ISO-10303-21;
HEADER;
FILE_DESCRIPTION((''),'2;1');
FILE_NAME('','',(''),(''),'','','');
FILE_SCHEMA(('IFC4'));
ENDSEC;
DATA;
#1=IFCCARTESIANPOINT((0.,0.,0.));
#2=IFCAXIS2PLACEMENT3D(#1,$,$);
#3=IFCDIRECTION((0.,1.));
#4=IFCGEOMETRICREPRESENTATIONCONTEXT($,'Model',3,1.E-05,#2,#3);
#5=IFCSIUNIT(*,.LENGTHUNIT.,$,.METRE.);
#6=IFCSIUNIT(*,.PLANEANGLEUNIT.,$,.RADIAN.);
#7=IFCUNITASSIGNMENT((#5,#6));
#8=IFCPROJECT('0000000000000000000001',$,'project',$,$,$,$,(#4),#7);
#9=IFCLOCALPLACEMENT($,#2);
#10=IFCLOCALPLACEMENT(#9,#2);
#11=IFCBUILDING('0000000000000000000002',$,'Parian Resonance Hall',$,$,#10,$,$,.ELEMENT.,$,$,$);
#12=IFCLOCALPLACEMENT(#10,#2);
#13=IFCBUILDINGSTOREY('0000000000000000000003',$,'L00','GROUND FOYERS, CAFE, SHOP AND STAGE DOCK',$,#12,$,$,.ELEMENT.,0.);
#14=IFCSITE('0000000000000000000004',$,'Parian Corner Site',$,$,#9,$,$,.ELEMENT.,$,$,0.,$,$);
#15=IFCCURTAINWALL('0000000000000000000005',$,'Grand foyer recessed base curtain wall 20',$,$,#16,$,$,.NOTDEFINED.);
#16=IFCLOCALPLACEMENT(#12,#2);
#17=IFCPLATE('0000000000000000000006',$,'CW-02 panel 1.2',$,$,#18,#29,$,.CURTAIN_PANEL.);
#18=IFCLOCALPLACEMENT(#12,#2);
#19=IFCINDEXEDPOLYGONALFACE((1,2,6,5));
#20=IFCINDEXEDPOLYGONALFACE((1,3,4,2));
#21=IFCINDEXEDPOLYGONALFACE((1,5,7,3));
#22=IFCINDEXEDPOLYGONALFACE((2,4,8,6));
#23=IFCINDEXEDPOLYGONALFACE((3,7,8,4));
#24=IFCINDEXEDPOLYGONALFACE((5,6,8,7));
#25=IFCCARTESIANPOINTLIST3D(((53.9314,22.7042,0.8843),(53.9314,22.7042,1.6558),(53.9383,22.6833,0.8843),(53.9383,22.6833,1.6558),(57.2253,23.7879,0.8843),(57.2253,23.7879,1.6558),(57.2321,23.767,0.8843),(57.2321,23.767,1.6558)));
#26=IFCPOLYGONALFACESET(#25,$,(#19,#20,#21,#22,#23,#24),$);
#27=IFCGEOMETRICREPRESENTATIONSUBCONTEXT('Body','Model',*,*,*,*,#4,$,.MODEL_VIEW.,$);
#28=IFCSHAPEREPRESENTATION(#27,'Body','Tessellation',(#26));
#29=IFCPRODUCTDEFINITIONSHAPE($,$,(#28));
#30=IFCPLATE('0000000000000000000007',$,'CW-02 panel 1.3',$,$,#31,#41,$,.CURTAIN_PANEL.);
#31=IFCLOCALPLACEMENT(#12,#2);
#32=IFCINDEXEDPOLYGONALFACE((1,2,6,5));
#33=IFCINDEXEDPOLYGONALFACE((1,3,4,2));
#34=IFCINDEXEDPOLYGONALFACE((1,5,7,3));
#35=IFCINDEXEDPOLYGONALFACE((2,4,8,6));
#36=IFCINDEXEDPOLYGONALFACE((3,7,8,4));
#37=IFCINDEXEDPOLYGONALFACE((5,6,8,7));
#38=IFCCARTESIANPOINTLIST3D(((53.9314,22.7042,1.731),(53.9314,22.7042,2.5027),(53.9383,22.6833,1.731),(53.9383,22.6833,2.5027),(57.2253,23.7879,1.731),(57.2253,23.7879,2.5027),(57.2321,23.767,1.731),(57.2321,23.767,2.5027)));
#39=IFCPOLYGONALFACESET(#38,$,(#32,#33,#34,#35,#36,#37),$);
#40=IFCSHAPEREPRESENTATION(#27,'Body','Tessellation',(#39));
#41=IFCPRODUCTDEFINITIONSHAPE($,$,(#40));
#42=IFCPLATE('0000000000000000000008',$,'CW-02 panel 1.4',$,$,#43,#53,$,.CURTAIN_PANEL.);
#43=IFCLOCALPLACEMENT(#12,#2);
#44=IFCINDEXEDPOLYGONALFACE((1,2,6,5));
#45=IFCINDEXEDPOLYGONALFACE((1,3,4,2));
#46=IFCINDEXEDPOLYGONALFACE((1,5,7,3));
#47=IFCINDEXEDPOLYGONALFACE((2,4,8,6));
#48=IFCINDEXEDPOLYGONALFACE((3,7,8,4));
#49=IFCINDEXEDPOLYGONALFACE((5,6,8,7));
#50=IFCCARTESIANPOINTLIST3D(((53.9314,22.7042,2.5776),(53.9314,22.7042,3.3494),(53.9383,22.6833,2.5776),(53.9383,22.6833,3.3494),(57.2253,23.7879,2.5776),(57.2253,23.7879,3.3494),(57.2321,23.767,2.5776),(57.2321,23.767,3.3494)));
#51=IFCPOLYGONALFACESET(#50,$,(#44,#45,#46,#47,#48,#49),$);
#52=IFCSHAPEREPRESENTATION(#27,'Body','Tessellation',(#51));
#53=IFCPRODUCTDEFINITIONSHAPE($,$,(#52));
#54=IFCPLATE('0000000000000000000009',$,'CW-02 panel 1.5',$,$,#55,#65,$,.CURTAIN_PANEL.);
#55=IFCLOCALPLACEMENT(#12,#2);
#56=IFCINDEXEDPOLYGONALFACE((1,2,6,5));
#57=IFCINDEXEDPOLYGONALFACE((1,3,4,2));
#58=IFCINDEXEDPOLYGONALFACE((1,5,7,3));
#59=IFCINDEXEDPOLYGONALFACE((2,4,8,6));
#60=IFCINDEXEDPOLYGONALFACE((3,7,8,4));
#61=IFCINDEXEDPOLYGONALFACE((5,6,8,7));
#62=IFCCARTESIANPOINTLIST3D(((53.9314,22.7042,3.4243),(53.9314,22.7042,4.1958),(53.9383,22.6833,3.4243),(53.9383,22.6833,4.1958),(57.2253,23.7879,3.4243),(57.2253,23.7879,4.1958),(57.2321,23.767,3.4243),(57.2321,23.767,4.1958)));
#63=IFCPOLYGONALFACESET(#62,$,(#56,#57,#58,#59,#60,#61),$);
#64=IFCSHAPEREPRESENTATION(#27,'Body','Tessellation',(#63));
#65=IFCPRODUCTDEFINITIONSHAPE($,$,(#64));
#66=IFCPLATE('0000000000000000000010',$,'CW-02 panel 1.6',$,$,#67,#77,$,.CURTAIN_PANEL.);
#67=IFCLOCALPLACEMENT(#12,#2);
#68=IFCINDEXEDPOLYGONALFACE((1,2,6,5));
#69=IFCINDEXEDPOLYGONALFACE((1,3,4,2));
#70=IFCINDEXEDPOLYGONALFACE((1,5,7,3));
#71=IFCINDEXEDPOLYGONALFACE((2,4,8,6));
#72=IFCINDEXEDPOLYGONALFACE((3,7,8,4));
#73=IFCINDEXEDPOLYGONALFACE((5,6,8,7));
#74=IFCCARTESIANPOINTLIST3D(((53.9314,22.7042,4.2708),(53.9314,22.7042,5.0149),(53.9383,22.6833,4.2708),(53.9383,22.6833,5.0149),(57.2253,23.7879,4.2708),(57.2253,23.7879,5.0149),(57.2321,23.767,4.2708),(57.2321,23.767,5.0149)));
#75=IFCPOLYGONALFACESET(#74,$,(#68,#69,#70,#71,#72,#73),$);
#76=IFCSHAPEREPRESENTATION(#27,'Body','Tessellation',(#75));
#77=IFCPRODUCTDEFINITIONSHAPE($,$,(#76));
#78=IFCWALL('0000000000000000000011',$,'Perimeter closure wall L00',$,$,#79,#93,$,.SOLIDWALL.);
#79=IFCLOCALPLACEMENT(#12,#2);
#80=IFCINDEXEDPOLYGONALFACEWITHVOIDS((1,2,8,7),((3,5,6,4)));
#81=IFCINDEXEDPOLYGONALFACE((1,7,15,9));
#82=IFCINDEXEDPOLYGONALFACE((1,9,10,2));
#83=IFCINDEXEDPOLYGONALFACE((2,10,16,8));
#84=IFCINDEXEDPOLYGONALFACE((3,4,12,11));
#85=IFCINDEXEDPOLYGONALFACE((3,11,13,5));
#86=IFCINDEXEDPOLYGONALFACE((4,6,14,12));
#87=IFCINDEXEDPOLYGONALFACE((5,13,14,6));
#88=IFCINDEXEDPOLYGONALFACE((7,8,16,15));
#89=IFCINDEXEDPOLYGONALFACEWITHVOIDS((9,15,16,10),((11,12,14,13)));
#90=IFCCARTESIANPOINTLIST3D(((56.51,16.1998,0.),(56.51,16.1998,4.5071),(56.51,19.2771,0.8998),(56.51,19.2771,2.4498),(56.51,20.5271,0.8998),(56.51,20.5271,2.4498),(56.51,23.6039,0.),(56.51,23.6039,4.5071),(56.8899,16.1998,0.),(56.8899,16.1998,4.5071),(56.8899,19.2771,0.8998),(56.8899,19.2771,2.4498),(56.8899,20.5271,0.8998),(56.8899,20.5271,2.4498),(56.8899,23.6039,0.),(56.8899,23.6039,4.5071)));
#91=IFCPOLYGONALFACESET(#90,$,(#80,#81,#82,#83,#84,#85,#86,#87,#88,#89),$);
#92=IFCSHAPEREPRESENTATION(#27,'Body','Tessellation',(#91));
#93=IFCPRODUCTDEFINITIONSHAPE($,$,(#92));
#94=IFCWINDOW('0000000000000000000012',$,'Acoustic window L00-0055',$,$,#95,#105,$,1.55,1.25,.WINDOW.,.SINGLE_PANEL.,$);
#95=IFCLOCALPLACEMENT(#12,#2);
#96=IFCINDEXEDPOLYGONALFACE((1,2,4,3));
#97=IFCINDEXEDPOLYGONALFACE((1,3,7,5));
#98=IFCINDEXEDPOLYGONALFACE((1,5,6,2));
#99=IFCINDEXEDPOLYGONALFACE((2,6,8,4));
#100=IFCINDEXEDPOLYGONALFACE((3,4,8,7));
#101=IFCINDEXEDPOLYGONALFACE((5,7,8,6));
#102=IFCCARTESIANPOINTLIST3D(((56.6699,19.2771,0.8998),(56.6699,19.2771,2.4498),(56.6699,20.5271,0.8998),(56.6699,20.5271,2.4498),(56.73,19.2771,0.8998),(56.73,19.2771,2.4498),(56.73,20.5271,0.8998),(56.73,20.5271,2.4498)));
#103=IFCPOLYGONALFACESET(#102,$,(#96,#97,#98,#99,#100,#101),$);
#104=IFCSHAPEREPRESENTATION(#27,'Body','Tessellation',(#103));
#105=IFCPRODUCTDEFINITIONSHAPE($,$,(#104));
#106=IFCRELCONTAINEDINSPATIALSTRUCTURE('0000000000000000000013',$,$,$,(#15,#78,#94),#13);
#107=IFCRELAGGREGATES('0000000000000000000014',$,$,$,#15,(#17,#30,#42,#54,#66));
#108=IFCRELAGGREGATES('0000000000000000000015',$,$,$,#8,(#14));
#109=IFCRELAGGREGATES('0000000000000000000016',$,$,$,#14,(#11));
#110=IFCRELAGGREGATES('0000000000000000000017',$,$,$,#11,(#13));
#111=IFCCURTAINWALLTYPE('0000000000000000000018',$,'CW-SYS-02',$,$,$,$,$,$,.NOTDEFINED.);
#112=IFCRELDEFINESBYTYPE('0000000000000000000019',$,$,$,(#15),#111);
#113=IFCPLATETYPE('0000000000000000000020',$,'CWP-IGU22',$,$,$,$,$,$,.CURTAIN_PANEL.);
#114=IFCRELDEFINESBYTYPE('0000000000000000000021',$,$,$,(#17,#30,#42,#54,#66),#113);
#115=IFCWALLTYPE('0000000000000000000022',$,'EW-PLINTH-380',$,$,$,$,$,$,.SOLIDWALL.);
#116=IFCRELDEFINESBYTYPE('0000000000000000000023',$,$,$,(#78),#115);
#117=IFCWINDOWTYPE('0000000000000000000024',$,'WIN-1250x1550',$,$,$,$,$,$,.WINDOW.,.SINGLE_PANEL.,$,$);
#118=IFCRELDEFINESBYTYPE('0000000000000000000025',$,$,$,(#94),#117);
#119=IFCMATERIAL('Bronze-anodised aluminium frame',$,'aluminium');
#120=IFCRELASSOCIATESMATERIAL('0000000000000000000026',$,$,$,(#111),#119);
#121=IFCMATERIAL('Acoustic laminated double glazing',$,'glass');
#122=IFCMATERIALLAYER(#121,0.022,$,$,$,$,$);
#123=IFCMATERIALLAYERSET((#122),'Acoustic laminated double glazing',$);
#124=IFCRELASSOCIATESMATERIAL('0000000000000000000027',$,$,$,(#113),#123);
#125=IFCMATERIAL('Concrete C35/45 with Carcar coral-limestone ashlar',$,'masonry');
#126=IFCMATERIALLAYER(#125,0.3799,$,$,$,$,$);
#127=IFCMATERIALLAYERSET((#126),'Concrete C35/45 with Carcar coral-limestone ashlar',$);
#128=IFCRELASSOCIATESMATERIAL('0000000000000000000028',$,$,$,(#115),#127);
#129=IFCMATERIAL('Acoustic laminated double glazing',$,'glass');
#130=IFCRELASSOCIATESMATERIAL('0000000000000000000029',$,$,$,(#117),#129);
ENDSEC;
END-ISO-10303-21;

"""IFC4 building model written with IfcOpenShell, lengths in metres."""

from ifc_helpers import new_model, si_unit, direction, frame, frame_2d, origin, origin_2d, place, context, subcontext, project, spatial, rectangle, extrude, material, layer, layer_set, type_object, element, fill, aggregate, save


model = new_model("IFC4")

# Units and contexts
model_context = context("Model", 3, precision=1e-05, world=origin(), true_north=direction((0.0, 1.0)))
body_context = subcontext(model_context, "Body", "Model", "MODEL_VIEW")
ifc_project = project(units=[si_unit("LENGTHUNIT", "METRE"), si_unit("PLANEANGLEUNIT", "RADIAN")], contexts=[model_context])

# Site, building, storey
site_placement = place(None, origin())
site = spatial("IfcSite", under=ifc_project, at=site_placement, Name="Parian Corner Site", CompositionType="ELEMENT", RefElevation=0.0)
building_placement = place(site_placement, origin())
building = spatial("IfcBuilding", under=site, at=building_placement, Name="Parian Resonance Hall", CompositionType="ELEMENT")
storey_placement = place(building_placement, origin())
storey = spatial("IfcBuildingStorey", under=building, at=storey_placement, Name="L00", Description="GROUND FOYERS, CAFE, SHOP AND STAGE DOCK", CompositionType="ELEMENT", Elevation=0.0)

# Curtain wall, plates
ifc_material_1 = material(Name="Bronze-anodised aluminium frame", Category="aluminium")
curtain_wall_type = type_object("IfcCurtainWallType", Name="CW-SYS-02", PredefinedType="NOTDEFINED", material=ifc_material_1)
curtain_wall_placement = place(storey_placement, origin())
curtain_wall = element("IfcCurtainWall", 1, at=curtain_wall_placement, inside=storey, type_object=curtain_wall_type, Name="Grand foyer recessed base curtain wall 20", PredefinedType="NOTDEFINED")
ifc_material_2 = material(Name="Acoustic laminated double glazing", Category="glass")
ifc_layer_1 = layer(ifc_material_2, 0.022)
ifc_layer_set_1 = layer_set([ifc_layer_1], Name="Acoustic laminated double glazing")
plate_type = type_object("IfcPlateType", Name="CWP-IGU22", PredefinedType="CURTAIN_PANEL", material=ifc_layer_set_1)
plate_1_placement = place(storey_placement, frame((55.5818, 23.2356, 0.8843), z_axis=(0.0, 0.0, 1.0), x_axis=(-0.949908, -0.31253, 0.0)))
plate_1 = element("IfcPlate", 2, at=plate_1_placement, type_object=plate_type, Name="CW-02 panel 1.2", PredefinedType="CURTAIN_PANEL", context=body_context, shape_type="SweptSolid", body=[
    extrude(rectangle(XDim=3.4675, YDim=0.022, at=origin_2d()), origin(), (0.0, 0.0, 1.0), 0.7715),
])
plate_2_placement = place(storey_placement, frame((55.5818, 23.2356, 1.731), z_axis=(0.0, 0.0, 1.0), x_axis=(-0.949908, -0.31253, 0.0)))
plate_2 = element("IfcPlate", 3, at=plate_2_placement, type_object=plate_type, Name="CW-02 panel 1.3", PredefinedType="CURTAIN_PANEL", context=body_context, shape_type="SweptSolid", body=[
    extrude(rectangle(XDim=3.4675, YDim=0.022, at=origin_2d()), origin(), (0.0, 0.0, 1.0), 0.7717),
])
plate_3_placement = place(storey_placement, frame((55.5818, 23.2356, 2.5776), z_axis=(0.0, 0.0, 1.0), x_axis=(-0.949908, -0.31253, 0.0)))
plate_3 = element("IfcPlate", 4, at=plate_3_placement, type_object=plate_type, Name="CW-02 panel 1.4", PredefinedType="CURTAIN_PANEL", context=body_context, shape_type="SweptSolid", body=[
    extrude(rectangle(XDim=3.4675, YDim=0.022, at=origin_2d()), origin(), (0.0, 0.0, 1.0), 0.7717),
])
plate_4_placement = place(storey_placement, frame((55.5818, 23.2356, 3.4243), z_axis=(0.0, 0.0, 1.0), x_axis=(-0.949908, -0.31253, 0.0)))
plate_4 = element("IfcPlate", 5, at=plate_4_placement, type_object=plate_type, Name="CW-02 panel 1.5", PredefinedType="CURTAIN_PANEL", context=body_context, shape_type="SweptSolid", body=[
    extrude(rectangle(XDim=3.4675, YDim=0.022, at=origin_2d()), origin(), (0.0, 0.0, 1.0), 0.7715),
])
plate_5_placement = place(storey_placement, frame((55.5818, 23.2356, 4.2708), z_axis=(0.0, 0.0, 1.0), x_axis=(-0.949908, -0.31253, 0.0)))
plate_5 = element("IfcPlate", 6, at=plate_5_placement, type_object=plate_type, Name="CW-02 panel 1.6", PredefinedType="CURTAIN_PANEL", context=body_context, shape_type="SweptSolid", body=[
    extrude(rectangle(XDim=3.4675, YDim=0.022, at=origin_2d()), origin(), (0.0, 0.0, 1.0), 0.7441),
])
aggregate(curtain_wall, [plate_1, plate_2, plate_3, plate_4, plate_5])

# Wall, opening, window
ifc_material_3 = material(Name="Concrete C35/45 with Carcar coral-limestone ashlar", Category="masonry")
ifc_layer_2 = layer(ifc_material_3, 0.3799)
ifc_layer_set_2 = layer_set([ifc_layer_2], Name="Concrete C35/45 with Carcar coral-limestone ashlar")
wall_type = type_object("IfcWallType", Name="EW-PLINTH-380", PredefinedType="SOLIDWALL", material=ifc_layer_set_2)
wall_placement = place(storey_placement, frame((56.7, 23.604, 0.0), z_axis=(0.0, 0.0, 1.0), x_axis=(0.0, -1.0, 0.0)))
wall = element("IfcWall", 7, at=wall_placement, inside=storey, type_object=wall_type, Name="Perimeter closure wall L00", PredefinedType="SOLIDWALL", context=body_context, shape_type="SweptSolid", body=[
    extrude(rectangle(XDim=7.4041, YDim=0.3799, at=frame_2d((3.7021, 0.0))), origin(), (0.0, 0.0, 1.0), 4.5071),
])
opening_placement = place(wall_placement, frame((3.0769, 0.0, 0.8999)))
opening = element("IfcOpeningElement", 8, at=opening_placement, cuts=wall, PredefinedType="OPENING", context=body_context, shape_type="SweptSolid", body=[
    extrude(rectangle(XDim=1.25, YDim=1.55, at=frame_2d((0.625, 0.7749))), frame((0.0, 0.2, 0.0), z_axis=(0.0, -1.0, 0.0), x_axis=(1.0, 0.0, 0.0)), (0.0, 0.0, 1.0), 0.3999),
])
ifc_material_4 = material(Name="Acoustic laminated double glazing", Category="glass")
window_type = type_object("IfcWindowType", Name="WIN-1250x1550", PartitioningType="SINGLE_PANEL", PredefinedType="WINDOW", material=ifc_material_4)
window_placement = place(opening_placement, origin())
window = element("IfcWindow", 9, at=window_placement, inside=storey, type_object=window_type, Name="Acoustic window L00-0055", OverallHeight=1.55, OverallWidth=1.25, PartitioningType="SINGLE_PANEL", PredefinedType="WINDOW", context=body_context, shape_type="SweptSolid", body=[
    extrude(rectangle(XDim=1.25, YDim=1.55, at=frame_2d((0.625, 0.7749))), frame((0.0, 0.03, 0.0), z_axis=(0.0, -1.0, 0.0), x_axis=(1.0, 0.0, 0.0)), (0.0, 0.0, 1.0), 0.0601),
])
fill(opening, window)

save(model, "model.ifc")
